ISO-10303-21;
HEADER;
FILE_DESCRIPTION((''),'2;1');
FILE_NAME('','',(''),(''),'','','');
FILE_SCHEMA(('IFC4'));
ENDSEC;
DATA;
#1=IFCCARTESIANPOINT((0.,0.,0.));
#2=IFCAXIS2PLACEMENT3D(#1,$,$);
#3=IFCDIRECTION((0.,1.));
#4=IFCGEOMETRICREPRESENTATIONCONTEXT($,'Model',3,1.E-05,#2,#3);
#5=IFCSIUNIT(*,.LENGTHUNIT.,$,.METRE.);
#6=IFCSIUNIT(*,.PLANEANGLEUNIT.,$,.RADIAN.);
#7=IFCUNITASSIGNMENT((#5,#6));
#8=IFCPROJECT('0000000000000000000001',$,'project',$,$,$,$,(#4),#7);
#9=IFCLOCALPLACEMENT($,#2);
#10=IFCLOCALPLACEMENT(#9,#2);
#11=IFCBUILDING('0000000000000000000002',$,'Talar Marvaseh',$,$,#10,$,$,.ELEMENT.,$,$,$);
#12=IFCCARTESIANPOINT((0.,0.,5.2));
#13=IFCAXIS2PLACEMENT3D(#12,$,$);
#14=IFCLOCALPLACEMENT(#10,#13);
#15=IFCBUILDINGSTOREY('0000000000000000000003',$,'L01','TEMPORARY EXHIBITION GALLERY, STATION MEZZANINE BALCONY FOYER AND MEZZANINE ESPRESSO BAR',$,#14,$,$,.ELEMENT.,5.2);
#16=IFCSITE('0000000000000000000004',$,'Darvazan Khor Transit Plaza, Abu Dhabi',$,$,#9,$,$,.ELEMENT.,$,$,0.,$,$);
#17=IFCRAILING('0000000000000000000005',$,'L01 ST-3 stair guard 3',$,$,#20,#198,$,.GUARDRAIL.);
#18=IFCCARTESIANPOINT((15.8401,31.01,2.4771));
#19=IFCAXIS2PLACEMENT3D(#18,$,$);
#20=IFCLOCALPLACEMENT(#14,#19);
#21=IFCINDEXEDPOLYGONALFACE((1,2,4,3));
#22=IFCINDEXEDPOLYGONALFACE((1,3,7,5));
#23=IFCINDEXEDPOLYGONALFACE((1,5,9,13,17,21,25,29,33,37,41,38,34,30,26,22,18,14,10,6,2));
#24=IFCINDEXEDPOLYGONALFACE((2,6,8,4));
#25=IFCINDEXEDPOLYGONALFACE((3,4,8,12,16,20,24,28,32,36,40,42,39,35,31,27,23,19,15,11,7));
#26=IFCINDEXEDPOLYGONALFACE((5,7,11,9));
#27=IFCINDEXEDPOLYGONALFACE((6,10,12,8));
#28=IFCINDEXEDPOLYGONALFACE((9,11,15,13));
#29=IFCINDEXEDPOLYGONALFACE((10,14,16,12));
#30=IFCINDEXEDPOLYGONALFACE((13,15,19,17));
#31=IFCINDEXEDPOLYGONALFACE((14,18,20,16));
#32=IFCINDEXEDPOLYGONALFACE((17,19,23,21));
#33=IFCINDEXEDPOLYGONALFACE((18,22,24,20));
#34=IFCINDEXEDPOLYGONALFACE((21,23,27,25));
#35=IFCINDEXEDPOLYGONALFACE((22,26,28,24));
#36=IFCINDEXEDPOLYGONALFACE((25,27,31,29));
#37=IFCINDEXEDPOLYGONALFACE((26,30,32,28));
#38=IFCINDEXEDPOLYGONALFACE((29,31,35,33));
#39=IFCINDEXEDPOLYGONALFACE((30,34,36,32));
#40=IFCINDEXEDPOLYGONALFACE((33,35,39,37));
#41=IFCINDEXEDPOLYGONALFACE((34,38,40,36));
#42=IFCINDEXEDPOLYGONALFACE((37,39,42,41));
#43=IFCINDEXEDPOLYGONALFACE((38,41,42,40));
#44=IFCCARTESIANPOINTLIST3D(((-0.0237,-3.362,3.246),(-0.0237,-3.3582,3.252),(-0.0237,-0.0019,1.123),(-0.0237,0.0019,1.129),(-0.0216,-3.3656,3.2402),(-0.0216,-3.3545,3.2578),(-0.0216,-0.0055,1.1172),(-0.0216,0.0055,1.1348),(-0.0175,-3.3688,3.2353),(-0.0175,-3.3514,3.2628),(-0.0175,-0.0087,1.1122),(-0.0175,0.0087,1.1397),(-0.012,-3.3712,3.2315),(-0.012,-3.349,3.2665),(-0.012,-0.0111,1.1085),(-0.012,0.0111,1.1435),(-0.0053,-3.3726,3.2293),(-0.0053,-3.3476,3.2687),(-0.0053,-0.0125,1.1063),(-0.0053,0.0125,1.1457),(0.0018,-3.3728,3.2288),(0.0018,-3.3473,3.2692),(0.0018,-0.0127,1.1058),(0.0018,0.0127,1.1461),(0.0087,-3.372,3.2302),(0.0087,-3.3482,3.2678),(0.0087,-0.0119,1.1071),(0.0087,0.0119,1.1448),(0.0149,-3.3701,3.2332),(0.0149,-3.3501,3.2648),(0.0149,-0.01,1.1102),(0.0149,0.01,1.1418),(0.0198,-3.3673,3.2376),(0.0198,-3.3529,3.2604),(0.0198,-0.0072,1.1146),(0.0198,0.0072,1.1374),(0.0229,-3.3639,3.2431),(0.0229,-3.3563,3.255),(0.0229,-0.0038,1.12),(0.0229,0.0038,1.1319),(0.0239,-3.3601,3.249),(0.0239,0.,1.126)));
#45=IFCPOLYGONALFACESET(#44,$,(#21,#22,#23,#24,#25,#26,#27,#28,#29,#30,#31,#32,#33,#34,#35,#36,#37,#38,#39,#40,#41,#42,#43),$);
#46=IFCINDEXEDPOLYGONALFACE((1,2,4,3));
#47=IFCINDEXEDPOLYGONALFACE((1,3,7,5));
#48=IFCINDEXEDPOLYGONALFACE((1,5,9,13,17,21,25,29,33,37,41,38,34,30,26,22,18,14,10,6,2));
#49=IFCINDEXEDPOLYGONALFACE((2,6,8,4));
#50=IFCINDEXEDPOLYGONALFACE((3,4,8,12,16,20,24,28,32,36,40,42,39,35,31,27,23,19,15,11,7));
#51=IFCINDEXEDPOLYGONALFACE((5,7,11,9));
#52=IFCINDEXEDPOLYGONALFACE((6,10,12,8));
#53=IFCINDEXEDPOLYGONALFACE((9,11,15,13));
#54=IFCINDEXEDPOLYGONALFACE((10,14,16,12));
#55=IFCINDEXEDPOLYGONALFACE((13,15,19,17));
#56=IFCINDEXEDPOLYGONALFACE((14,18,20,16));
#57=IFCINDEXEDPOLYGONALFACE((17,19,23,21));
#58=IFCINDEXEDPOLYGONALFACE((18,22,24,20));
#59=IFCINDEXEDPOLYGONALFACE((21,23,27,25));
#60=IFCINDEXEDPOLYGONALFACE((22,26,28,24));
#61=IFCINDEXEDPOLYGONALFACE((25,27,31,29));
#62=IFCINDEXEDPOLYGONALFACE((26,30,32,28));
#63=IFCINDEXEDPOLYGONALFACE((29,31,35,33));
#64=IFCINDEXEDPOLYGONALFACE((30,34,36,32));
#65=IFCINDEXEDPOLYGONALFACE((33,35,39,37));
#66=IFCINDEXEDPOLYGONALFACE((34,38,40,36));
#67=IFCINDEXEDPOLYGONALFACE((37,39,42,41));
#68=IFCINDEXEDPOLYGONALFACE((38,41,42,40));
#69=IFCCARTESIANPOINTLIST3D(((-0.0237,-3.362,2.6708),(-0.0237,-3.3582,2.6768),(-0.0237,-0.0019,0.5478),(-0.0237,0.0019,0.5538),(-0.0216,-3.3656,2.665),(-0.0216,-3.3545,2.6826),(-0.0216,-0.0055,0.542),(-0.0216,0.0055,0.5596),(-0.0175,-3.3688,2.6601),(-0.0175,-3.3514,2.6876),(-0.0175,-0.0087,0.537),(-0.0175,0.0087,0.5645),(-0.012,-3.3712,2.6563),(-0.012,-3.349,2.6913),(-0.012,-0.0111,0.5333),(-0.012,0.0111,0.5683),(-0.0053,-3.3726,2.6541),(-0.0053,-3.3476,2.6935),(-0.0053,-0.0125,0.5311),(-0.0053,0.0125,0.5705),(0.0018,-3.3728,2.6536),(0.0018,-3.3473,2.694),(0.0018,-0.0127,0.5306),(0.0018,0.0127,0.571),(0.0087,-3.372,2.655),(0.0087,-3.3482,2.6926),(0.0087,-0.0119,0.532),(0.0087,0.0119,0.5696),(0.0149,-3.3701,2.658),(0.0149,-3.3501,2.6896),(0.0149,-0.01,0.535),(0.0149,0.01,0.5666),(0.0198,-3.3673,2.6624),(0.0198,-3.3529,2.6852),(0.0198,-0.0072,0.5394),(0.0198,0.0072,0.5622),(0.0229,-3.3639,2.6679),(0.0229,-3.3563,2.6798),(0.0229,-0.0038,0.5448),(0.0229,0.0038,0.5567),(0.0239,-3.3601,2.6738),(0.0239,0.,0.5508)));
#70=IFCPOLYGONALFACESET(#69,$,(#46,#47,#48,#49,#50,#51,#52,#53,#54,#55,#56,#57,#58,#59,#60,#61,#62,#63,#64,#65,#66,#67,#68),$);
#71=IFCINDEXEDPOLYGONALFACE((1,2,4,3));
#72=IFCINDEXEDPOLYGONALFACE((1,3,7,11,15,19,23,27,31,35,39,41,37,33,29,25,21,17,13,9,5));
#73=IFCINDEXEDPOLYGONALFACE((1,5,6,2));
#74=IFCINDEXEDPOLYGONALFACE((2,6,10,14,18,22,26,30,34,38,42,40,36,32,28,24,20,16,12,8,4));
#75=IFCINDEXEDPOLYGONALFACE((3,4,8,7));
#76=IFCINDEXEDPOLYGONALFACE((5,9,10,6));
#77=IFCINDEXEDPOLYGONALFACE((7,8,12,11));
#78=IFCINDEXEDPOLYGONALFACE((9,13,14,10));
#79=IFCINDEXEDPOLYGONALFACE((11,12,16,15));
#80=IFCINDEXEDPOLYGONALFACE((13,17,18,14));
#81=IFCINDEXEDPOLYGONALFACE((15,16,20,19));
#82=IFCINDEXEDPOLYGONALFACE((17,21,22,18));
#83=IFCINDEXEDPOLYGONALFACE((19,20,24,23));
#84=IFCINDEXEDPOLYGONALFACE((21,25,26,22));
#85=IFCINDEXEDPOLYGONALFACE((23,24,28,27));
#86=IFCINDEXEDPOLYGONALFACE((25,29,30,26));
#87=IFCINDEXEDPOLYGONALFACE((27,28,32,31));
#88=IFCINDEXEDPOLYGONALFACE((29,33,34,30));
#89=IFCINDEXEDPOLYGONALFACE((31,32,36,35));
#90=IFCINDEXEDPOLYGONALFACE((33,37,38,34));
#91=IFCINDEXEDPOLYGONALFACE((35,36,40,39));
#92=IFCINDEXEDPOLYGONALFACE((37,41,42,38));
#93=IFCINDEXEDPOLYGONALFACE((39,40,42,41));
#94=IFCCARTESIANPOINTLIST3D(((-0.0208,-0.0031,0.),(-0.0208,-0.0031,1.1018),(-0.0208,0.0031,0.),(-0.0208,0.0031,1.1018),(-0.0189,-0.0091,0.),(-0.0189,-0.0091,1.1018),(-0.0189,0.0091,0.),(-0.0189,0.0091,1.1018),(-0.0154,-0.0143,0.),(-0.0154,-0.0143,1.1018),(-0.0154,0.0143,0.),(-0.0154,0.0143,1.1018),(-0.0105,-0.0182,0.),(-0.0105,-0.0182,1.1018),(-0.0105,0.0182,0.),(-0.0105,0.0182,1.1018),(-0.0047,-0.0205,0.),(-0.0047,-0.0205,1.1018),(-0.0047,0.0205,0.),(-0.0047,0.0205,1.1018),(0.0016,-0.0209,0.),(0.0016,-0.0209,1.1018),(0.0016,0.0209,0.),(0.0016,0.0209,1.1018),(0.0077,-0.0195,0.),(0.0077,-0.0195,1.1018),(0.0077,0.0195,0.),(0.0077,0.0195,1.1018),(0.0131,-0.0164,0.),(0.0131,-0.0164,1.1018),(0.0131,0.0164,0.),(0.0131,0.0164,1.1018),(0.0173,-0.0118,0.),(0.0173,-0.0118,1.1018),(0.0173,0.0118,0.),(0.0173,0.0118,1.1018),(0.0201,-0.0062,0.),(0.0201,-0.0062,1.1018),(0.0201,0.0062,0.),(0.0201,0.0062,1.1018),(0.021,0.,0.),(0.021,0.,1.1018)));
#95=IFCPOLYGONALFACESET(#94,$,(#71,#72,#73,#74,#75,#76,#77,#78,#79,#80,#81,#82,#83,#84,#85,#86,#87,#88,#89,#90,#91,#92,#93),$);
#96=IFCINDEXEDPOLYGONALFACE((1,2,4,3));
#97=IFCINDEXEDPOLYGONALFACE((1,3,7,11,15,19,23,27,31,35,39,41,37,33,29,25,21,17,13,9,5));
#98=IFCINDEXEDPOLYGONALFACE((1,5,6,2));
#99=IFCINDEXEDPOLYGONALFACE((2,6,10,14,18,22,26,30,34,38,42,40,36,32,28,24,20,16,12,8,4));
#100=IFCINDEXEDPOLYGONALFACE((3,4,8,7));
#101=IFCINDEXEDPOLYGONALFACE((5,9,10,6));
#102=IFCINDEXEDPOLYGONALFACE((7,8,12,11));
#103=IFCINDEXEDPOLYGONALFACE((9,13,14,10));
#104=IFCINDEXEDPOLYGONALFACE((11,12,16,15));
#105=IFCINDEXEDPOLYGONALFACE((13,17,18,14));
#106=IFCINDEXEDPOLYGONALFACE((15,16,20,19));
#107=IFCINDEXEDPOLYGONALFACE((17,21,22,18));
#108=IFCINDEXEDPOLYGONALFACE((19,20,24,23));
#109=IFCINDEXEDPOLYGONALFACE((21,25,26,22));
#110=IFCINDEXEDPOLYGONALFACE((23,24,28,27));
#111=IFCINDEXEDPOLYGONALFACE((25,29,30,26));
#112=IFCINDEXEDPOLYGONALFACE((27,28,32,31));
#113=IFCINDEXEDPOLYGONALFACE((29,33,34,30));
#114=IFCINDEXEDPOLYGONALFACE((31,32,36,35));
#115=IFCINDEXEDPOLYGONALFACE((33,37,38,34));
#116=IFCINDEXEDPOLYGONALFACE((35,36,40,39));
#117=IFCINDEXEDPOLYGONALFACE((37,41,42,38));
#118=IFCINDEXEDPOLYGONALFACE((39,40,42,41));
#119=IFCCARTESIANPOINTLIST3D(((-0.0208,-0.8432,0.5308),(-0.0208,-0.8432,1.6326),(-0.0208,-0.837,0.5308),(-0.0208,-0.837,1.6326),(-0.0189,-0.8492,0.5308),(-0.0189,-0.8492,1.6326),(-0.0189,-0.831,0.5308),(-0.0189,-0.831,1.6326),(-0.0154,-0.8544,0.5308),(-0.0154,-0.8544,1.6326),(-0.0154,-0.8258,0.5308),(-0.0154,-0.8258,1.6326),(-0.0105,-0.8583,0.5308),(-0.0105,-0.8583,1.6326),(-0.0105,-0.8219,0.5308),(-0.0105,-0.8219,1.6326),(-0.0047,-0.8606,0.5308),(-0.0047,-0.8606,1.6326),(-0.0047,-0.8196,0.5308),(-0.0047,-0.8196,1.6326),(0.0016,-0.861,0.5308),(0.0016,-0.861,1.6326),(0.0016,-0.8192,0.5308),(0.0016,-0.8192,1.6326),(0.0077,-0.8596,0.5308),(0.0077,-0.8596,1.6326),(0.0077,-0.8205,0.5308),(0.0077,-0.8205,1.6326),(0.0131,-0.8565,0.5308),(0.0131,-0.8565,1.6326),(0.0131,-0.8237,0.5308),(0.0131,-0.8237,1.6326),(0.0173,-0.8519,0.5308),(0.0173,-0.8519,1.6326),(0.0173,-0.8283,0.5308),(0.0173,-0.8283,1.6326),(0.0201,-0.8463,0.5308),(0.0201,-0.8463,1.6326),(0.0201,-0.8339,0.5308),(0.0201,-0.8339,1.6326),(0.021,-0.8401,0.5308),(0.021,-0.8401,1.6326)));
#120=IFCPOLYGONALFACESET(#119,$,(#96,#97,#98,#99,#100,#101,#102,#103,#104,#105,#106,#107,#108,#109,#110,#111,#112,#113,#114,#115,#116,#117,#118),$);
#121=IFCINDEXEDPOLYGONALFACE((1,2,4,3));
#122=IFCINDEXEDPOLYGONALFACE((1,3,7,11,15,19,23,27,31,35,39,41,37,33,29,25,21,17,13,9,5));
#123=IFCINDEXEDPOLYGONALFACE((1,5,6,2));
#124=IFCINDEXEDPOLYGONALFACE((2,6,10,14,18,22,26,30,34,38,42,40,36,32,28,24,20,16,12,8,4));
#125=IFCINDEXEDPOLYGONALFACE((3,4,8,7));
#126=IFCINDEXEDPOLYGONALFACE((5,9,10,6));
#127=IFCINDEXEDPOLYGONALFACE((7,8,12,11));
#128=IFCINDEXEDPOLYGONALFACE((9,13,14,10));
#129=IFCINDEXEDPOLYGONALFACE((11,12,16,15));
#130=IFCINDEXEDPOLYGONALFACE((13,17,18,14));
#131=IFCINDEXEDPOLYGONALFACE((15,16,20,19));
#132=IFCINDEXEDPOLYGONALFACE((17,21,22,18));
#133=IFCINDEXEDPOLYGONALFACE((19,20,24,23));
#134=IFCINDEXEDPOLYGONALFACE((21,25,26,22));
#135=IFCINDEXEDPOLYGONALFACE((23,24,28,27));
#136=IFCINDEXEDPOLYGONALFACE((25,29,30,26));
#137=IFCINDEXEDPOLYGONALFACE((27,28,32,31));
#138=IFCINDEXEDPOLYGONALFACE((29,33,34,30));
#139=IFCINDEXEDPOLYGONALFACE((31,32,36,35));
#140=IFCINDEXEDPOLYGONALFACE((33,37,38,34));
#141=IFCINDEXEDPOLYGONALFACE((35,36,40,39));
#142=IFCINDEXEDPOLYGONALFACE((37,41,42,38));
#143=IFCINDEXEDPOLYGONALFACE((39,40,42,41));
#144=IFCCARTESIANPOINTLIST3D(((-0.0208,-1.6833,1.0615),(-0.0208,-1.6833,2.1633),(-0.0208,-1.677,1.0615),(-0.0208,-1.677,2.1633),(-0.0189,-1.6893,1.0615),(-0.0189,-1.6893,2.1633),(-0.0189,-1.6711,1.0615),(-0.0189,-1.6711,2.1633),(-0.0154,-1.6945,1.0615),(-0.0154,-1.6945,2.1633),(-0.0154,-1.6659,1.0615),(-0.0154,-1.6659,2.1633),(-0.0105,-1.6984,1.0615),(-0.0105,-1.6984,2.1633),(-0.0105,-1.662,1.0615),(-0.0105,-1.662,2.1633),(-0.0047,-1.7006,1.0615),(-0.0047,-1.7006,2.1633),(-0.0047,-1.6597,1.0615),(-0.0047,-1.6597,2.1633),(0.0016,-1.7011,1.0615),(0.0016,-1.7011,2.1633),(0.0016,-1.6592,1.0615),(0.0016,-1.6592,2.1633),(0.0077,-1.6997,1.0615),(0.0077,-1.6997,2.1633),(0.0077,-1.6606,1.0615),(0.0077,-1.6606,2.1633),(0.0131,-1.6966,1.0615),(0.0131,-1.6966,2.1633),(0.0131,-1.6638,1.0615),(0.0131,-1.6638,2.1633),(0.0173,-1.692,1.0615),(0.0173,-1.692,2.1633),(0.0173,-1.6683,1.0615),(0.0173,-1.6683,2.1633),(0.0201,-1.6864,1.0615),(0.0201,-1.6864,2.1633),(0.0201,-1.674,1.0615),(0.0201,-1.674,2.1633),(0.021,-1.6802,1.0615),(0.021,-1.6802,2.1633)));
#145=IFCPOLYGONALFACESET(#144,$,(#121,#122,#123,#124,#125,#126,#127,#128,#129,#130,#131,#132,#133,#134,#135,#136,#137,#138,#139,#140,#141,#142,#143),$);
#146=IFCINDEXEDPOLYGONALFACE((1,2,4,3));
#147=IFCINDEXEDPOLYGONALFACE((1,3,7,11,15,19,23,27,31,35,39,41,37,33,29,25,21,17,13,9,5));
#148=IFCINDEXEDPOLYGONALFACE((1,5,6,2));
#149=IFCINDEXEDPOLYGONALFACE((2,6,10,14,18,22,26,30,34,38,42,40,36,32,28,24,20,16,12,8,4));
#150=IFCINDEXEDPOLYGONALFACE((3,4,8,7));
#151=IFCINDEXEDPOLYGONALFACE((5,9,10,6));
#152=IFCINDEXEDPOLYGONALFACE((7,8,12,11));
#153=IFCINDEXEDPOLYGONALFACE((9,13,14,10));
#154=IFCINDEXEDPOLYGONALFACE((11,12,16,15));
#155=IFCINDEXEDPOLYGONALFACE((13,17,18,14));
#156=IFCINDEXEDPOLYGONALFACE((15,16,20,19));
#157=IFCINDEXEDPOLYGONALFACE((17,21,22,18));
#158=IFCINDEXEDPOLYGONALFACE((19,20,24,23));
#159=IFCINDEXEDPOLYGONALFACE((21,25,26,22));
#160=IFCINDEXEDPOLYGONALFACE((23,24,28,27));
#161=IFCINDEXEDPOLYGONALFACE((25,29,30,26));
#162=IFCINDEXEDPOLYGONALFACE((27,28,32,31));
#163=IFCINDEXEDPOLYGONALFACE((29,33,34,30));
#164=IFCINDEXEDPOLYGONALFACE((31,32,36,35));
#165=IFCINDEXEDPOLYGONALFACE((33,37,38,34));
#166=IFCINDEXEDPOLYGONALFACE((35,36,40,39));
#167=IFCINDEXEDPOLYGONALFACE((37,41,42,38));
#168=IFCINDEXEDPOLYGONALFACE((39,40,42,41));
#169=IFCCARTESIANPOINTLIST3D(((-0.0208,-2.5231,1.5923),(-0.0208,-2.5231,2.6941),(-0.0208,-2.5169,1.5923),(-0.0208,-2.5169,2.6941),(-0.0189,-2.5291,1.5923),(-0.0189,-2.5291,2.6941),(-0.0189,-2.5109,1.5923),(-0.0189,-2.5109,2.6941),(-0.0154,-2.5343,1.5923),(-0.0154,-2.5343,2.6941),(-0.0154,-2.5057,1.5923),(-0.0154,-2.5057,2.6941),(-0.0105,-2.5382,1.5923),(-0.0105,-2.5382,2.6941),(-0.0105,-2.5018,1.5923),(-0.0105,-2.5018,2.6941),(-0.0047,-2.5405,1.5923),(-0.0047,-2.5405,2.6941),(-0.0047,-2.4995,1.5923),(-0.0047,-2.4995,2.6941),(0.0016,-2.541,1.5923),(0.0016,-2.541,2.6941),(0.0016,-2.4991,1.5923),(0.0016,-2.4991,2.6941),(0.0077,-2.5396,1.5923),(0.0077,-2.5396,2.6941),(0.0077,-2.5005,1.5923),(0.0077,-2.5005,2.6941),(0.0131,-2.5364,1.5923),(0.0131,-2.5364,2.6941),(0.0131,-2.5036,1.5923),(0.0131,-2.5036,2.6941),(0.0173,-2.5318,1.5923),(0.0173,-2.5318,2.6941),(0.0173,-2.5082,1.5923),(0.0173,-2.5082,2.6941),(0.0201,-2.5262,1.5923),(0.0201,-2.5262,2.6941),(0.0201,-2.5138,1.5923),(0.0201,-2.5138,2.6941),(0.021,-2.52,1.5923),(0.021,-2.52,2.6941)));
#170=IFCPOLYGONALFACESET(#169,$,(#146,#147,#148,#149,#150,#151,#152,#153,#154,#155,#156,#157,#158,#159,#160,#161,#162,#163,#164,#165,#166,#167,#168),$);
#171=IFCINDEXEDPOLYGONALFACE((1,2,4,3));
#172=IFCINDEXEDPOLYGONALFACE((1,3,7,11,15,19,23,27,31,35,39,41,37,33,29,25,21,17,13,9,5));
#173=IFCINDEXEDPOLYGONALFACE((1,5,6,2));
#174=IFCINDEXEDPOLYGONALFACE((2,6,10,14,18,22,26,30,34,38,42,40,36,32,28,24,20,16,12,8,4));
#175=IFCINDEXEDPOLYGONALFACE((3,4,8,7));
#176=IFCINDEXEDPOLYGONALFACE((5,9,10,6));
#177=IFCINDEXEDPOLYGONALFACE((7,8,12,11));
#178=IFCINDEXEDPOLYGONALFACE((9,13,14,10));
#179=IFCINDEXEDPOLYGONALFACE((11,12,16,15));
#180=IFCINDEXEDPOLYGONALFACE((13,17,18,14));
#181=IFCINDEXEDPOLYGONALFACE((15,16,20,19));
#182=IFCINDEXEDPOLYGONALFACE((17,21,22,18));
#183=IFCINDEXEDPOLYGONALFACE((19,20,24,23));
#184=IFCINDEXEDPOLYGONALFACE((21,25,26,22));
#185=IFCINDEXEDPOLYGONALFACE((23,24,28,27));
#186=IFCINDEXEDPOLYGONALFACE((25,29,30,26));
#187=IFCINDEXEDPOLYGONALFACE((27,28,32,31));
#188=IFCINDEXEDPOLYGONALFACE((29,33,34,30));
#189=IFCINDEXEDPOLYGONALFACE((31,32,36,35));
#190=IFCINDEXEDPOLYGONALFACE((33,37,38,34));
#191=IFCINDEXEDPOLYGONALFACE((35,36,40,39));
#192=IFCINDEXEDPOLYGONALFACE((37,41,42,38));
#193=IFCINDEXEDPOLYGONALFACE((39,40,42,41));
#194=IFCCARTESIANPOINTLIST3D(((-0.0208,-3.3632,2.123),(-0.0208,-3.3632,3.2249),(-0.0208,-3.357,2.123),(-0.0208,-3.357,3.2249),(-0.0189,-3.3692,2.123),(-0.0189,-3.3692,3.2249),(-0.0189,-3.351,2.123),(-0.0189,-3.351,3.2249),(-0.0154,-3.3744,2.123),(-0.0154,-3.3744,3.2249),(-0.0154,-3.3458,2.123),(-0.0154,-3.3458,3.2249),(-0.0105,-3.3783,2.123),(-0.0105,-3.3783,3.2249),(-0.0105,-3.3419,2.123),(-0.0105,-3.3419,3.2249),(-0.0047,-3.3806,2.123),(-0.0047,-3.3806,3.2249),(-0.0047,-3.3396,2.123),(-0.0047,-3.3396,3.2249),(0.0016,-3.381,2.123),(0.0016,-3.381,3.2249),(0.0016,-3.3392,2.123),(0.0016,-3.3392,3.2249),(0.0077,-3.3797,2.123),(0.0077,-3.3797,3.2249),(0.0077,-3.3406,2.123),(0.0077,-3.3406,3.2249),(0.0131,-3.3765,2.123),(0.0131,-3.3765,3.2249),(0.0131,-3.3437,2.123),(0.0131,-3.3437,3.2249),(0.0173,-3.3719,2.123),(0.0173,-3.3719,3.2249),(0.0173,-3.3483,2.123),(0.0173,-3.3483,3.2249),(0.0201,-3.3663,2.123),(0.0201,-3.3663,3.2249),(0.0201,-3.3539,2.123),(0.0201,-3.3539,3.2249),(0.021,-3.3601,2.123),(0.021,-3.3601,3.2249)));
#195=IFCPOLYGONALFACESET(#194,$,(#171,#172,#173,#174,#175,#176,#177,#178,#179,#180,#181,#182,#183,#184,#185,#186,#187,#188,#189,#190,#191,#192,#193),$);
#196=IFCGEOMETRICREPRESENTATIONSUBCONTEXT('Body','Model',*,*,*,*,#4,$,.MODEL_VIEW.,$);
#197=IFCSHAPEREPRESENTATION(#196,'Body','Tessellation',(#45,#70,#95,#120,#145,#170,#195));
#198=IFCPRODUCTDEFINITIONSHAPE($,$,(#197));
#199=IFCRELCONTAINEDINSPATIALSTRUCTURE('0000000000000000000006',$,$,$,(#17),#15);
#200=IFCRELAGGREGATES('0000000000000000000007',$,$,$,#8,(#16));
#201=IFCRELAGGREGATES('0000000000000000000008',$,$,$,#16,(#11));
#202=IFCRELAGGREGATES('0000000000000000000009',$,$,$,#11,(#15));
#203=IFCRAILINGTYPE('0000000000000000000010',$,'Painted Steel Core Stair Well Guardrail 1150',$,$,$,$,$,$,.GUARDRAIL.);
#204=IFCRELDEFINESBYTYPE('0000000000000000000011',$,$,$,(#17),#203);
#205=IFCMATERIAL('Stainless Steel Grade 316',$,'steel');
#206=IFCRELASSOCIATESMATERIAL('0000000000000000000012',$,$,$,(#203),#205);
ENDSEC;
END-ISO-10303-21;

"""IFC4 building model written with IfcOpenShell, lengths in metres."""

from ifc_helpers import new_model, si_unit, direction, frame, origin, origin_2d, place, context, subcontext, project, spatial, circle, extrude, material, type_object, element, save


model = new_model("IFC4")

# Units and contexts
model_context = context("Model", 3, precision=1e-05, world=origin(), true_north=direction((0.0, 1.0)))
body_context = subcontext(model_context, "Body", "Model", "MODEL_VIEW")
ifc_project = project(units=[si_unit("LENGTHUNIT", "METRE"), si_unit("PLANEANGLEUNIT", "RADIAN")], contexts=[model_context])

# Site, building, storey
site_placement = place(None, origin())
site = spatial("IfcSite", under=ifc_project, at=site_placement, Name="Darvazan Khor Transit Plaza, Abu Dhabi", CompositionType="ELEMENT", RefElevation=0.0)
building_placement = place(site_placement, origin())
building = spatial("IfcBuilding", under=site, at=building_placement, Name="Talar Marvaseh", CompositionType="ELEMENT")
storey_placement = place(building_placement, frame((0.0, 0.0, 5.2)))
storey = spatial("IfcBuildingStorey", under=building, at=storey_placement, Name="L01", Description="TEMPORARY EXHIBITION GALLERY, STATION MEZZANINE BALCONY FOYER AND MEZZANINE ESPRESSO BAR", CompositionType="ELEMENT", Elevation=5.2)

# Railing
ifc_material_1 = material(Name="Stainless Steel Grade 316", Category="steel")
railing_type_1 = type_object("IfcRailingType", Name="Painted Steel Core Stair Well Guardrail 1150", PredefinedType="GUARDRAIL", material=ifc_material_1)
railing_1_placement = place(storey_placement, frame((15.8401, 31.01, 2.4771)))
element("IfcRailing", 1, at=railing_1_placement, inside=storey, type_object=railing_type_1, Name="L01 ST-3 stair guard 3", PredefinedType="GUARDRAIL", context=body_context, shape_type="SweptSolid", body=[
    extrude(circle(Radius=0.0239, at=origin_2d()), frame((0.0, 0.0, 1.126), z_axis=(0.0, -0.84539, 0.53415), x_axis=(1.0, 0.0, 0.0)), (0.0, 0.0, 1.0), 3.9746),
    extrude(circle(Radius=0.0239, at=origin_2d()), frame((0.0, 0.0, 0.5508), z_axis=(0.0, -0.84539, 0.53415), x_axis=(1.0, 0.0, 0.0)), (0.0, 0.0, 1.0), 3.9746),
    extrude(circle(Radius=0.021, at=origin_2d()), origin(), (0.0, 0.0, 1.0), 1.1018),
    extrude(circle(Radius=0.021, at=origin_2d()), frame((0.0, -0.8401, 0.5308)), (0.0, 0.0, 1.0), 1.1018),
    extrude(circle(Radius=0.021, at=origin_2d()), frame((0.0, -1.6802, 1.0615)), (0.0, 0.0, 1.0), 1.1018),
    extrude(circle(Radius=0.021, at=origin_2d()), frame((0.0, -2.52, 1.5923)), (0.0, 0.0, 1.0), 1.1018),
    extrude(circle(Radius=0.021, at=origin_2d()), frame((0.0, -3.3601, 2.123)), (0.0, 0.0, 1.0), 1.1018),
])

save(model, "model.ifc")
